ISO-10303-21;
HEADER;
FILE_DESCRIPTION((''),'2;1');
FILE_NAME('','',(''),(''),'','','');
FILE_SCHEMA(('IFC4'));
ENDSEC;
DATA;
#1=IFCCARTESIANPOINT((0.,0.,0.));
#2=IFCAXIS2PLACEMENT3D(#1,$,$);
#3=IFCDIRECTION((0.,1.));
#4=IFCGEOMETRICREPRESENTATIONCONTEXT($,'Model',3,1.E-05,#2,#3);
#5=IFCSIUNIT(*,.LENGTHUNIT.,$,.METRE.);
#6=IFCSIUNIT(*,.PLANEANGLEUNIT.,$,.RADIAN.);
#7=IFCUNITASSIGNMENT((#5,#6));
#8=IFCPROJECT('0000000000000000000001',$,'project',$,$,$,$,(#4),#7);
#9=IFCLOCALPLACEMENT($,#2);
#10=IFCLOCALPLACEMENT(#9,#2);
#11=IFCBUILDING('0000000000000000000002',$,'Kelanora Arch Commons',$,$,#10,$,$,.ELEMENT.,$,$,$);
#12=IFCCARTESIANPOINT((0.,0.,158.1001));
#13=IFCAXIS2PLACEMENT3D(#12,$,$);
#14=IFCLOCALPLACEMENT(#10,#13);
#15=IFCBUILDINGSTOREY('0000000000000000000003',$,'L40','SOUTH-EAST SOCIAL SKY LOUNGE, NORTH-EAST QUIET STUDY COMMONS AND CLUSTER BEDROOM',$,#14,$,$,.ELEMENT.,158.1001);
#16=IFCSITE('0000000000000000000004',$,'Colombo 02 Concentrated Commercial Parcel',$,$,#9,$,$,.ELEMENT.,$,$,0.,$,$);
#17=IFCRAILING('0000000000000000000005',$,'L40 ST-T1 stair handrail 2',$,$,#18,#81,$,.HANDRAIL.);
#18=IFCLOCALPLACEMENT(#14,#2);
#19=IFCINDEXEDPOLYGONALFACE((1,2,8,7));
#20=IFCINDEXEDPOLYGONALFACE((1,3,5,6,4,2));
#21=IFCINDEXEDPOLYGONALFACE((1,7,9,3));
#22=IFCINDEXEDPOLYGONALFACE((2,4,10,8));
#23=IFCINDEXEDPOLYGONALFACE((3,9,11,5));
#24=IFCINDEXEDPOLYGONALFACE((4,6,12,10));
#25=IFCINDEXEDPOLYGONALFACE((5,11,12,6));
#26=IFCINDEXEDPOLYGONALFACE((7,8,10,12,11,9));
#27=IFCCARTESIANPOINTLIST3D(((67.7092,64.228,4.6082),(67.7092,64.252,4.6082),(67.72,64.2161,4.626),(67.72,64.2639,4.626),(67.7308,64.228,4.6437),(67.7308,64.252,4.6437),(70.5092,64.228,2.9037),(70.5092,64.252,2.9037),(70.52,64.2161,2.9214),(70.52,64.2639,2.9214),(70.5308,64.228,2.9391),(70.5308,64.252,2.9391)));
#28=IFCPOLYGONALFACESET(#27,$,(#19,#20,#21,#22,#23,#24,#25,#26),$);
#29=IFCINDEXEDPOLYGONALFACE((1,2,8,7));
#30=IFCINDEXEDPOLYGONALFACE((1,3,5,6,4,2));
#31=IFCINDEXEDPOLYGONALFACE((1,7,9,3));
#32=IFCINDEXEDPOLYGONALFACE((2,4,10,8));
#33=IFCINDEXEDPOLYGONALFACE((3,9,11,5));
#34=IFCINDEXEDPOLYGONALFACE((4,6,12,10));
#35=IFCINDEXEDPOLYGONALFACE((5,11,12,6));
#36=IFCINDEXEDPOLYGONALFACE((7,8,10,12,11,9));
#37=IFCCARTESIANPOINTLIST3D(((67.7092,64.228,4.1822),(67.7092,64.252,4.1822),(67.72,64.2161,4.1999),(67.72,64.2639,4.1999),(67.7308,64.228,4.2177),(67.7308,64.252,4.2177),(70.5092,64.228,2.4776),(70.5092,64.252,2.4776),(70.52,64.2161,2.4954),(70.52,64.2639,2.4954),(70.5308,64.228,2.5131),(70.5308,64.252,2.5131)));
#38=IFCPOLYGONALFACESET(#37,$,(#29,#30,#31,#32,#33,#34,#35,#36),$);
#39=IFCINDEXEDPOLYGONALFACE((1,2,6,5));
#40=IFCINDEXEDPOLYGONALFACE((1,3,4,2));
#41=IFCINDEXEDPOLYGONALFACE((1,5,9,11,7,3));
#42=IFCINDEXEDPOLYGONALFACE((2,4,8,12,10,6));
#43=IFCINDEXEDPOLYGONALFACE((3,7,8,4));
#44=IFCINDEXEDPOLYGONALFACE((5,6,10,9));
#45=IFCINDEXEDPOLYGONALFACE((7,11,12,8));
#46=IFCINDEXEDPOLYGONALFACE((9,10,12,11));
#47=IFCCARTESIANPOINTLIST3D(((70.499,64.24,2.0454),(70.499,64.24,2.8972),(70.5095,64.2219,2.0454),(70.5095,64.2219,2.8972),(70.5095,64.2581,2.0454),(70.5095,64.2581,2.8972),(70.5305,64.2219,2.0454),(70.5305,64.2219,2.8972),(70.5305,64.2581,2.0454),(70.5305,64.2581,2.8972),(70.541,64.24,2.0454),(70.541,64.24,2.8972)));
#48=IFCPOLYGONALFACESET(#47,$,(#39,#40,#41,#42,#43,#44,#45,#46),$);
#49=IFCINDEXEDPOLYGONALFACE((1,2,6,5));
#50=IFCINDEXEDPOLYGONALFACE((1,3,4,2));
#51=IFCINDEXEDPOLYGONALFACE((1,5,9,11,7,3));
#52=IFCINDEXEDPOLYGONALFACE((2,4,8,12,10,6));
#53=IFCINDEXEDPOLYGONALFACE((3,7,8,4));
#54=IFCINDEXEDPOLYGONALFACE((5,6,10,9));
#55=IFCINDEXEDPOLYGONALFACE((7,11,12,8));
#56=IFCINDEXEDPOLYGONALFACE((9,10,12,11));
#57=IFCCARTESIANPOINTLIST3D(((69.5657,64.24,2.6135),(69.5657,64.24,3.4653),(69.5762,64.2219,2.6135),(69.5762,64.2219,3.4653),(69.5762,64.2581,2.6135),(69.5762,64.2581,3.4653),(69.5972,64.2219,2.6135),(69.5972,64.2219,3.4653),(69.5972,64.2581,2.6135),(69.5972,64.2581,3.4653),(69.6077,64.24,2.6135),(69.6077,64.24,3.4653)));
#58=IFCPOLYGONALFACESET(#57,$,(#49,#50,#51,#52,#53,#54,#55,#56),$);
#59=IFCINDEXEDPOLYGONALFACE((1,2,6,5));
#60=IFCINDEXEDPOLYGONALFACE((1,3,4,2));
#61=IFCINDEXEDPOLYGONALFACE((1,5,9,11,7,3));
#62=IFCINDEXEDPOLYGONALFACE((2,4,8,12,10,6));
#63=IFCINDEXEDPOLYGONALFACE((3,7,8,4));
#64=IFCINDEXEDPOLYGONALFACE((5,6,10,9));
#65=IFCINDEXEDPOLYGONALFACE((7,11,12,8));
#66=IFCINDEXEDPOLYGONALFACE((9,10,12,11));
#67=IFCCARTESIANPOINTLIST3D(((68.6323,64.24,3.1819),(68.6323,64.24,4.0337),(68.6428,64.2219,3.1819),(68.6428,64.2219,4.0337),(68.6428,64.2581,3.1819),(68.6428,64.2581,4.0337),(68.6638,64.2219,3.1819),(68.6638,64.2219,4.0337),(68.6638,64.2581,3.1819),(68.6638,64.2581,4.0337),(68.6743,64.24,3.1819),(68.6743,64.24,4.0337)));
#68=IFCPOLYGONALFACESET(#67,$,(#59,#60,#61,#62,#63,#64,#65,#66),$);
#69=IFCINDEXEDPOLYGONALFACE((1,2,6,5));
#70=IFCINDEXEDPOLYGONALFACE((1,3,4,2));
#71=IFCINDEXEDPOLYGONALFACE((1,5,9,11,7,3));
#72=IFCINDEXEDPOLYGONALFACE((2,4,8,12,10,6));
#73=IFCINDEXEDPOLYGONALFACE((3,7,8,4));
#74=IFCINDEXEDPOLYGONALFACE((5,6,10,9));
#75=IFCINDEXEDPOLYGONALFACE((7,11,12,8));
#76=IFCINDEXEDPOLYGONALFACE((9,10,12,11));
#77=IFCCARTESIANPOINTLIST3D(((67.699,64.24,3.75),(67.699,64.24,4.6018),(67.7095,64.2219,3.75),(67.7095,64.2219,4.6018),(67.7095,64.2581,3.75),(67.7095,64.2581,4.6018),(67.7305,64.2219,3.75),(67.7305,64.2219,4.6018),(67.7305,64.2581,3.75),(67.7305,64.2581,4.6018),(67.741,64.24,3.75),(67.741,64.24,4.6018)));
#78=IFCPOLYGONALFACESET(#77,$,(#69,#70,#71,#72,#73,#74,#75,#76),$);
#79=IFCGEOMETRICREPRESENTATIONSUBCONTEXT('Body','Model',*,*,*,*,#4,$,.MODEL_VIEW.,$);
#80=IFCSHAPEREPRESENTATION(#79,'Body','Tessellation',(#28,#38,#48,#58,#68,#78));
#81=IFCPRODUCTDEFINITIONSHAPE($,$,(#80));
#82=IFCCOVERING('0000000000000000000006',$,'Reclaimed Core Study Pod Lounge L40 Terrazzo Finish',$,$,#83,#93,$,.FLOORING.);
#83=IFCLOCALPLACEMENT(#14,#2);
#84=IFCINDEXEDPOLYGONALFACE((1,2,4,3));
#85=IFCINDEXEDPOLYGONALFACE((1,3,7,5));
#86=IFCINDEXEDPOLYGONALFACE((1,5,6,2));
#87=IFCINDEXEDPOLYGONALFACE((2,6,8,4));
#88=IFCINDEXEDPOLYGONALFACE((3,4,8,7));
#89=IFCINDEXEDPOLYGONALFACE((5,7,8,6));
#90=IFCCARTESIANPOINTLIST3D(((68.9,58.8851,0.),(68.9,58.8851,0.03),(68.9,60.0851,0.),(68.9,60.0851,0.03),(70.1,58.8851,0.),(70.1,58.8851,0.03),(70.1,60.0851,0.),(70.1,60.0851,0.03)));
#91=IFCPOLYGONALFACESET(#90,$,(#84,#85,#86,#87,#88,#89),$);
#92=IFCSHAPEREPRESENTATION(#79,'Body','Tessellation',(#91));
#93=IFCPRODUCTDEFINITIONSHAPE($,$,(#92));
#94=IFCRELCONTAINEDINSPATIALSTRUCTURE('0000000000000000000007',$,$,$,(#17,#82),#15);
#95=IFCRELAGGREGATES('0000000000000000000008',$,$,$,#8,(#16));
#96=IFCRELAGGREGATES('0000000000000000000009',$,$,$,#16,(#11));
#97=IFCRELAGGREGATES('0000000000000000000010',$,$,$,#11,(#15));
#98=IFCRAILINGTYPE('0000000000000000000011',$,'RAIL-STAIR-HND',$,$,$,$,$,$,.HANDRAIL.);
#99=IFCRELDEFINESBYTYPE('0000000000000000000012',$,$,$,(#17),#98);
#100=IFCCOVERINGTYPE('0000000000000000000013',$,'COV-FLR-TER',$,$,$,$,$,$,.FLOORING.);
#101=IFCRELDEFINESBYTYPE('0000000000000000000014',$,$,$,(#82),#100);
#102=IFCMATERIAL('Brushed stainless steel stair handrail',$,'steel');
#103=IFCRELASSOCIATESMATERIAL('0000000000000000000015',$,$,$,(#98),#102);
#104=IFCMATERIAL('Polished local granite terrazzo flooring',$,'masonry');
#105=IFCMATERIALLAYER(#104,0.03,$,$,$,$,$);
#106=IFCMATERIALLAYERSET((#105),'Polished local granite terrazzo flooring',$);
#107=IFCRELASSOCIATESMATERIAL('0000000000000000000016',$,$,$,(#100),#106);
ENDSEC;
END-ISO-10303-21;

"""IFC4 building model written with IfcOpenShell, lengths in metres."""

from ifc_helpers import new_model, si_unit, direction, frame, origin, origin_2d, place, context, subcontext, project, spatial, polyline, rectangle, outline, extrude, source, transform, mapped, material, layer, layer_set, type_object, element, save


model = new_model("IFC4")

# Units and contexts
model_context = context("Model", 3, precision=1e-05, world=origin(), true_north=direction((0.0, 1.0)))
body_context = subcontext(model_context, "Body", "Model", "MODEL_VIEW")
ifc_project = project(units=[si_unit("LENGTHUNIT", "METRE"), si_unit("PLANEANGLEUNIT", "RADIAN")], contexts=[model_context])

# Site, building, storey
site_placement = place(None, origin())
site = spatial("IfcSite", under=ifc_project, at=site_placement, Name="Colombo 02 Concentrated Commercial Parcel", CompositionType="ELEMENT", RefElevation=0.0)
building_placement = place(site_placement, origin())
building = spatial("IfcBuilding", under=site, at=building_placement, Name="Kelanora Arch Commons", CompositionType="ELEMENT")
storey_placement = place(building_placement, frame((0.0, 0.0, 158.1001)))
storey = spatial("IfcBuildingStorey", under=building, at=storey_placement, Name="L40", Description="SOUTH-EAST SOCIAL SKY LOUNGE, NORTH-EAST QUIET STUDY COMMONS AND CLUSTER BEDROOM", CompositionType="ELEMENT", Elevation=158.1001)

# Railing
ifc_material_1 = material(Name="Brushed stainless steel stair handrail", Category="steel")
railing_type_1 = type_object("IfcRailingType", Name="RAIL-STAIR-HND", PredefinedType="HANDRAIL", material=ifc_material_1)
railing_1_placement = place(storey_placement, frame((70.52, 64.24, 2.0454)))
element("IfcRailing", 1, at=railing_1_placement, inside=storey, type_object=railing_type_1, Name="L40 ST-T1 stair handrail 2", PredefinedType="HANDRAIL", context=body_context, shape_type="SweptSolid", body=[
    extrude(outline(polyline([(0.0239, 0.0), (0.012, 0.0208), (-0.012, 0.0208), (-0.0239, 0.0), (-0.012, -0.0208), (0.012, -0.0208), (0.0239, 0.0)])), frame((0.0, 0.0, 0.876), z_axis=(-0.85417, 0.0, 0.519994), x_axis=(0.0, -1.0, 0.0)), (0.0, 0.0, 1.0), 3.2781),
    extrude(outline(polyline([(0.0239, 0.0), (0.012, 0.0208), (-0.012, 0.0208), (-0.0239, 0.0), (-0.012, -0.0208), (0.012, -0.0208), (0.0239, 0.0)])), frame((0.0, 0.0, 0.45), z_axis=(-0.85417, 0.0, 0.519994), x_axis=(0.0, -1.0, 0.0)), (0.0, 0.0, 1.0), 3.2781),
    extrude(outline(polyline([(0.021, 0.0), (0.0105, 0.0181), (-0.0105, 0.0181), (-0.021, 0.0), (-0.0105, -0.0181), (0.0105, -0.0181), (0.021, 0.0)])), origin(), (0.0, 0.0, 1.0), 0.8518),
    extrude(outline(polyline([(0.021, 0.0), (0.0105, 0.0181), (-0.0105, 0.0181), (-0.021, 0.0), (-0.0105, -0.0181), (0.0105, -0.0181), (0.021, 0.0)])), frame((-0.9333, 0.0, 0.5681)), (0.0, 0.0, 1.0), 0.8518),
    extrude(outline(polyline([(0.021, 0.0), (0.0105, 0.0181), (-0.0105, 0.0181), (-0.021, 0.0), (-0.0105, -0.0181), (0.0105, -0.0181), (0.021, 0.0)])), frame((-1.8667, 0.0, 1.1365)), (0.0, 0.0, 1.0), 0.8518),
    extrude(outline(polyline([(0.021, 0.0), (0.0105, 0.0181), (-0.0105, 0.0181), (-0.021, 0.0), (-0.0105, -0.0181), (0.0105, -0.0181), (0.021, 0.0)])), frame((-2.8, 0.0, 1.7046)), (0.0, 0.0, 1.0), 0.8518),
])

# Covering
ifc_material_2 = material(Name="Polished local granite terrazzo flooring", Category="masonry")
ifc_layer_1 = layer(ifc_material_2, 0.03)
ifc_layer_set_1 = layer_set([ifc_layer_1], Name="Polished local granite terrazzo flooring")
covering_type = type_object("IfcCoveringType", Name="COV-FLR-TER", PredefinedType="FLOORING", material=ifc_layer_set_1)
shared_shape = source(origin(), body_context, "Body", "SweptSolid", [
    extrude(rectangle(XDim=1.2, YDim=1.2, at=origin_2d()), origin(), (0.0, 0.0, 1.0), 0.03),
])
covering_placement = place(storey_placement, frame((69.5, 59.4851, 0.0), z_axis=(0.0, 0.0, 1.0), x_axis=(1.0, 0.0, 0.0)))
element("IfcCovering", 2, at=covering_placement, inside=storey, type_object=covering_type, Name="Reclaimed Core Study Pod Lounge L40 Terrazzo Finish", PredefinedType="FLOORING", context=body_context, shape_type="MappedRepresentation", body=[
    mapped(shared_shape, transform((0.0, 0.0, 0.0), scale=1.0)),
])

save(model, "model.ifc")
